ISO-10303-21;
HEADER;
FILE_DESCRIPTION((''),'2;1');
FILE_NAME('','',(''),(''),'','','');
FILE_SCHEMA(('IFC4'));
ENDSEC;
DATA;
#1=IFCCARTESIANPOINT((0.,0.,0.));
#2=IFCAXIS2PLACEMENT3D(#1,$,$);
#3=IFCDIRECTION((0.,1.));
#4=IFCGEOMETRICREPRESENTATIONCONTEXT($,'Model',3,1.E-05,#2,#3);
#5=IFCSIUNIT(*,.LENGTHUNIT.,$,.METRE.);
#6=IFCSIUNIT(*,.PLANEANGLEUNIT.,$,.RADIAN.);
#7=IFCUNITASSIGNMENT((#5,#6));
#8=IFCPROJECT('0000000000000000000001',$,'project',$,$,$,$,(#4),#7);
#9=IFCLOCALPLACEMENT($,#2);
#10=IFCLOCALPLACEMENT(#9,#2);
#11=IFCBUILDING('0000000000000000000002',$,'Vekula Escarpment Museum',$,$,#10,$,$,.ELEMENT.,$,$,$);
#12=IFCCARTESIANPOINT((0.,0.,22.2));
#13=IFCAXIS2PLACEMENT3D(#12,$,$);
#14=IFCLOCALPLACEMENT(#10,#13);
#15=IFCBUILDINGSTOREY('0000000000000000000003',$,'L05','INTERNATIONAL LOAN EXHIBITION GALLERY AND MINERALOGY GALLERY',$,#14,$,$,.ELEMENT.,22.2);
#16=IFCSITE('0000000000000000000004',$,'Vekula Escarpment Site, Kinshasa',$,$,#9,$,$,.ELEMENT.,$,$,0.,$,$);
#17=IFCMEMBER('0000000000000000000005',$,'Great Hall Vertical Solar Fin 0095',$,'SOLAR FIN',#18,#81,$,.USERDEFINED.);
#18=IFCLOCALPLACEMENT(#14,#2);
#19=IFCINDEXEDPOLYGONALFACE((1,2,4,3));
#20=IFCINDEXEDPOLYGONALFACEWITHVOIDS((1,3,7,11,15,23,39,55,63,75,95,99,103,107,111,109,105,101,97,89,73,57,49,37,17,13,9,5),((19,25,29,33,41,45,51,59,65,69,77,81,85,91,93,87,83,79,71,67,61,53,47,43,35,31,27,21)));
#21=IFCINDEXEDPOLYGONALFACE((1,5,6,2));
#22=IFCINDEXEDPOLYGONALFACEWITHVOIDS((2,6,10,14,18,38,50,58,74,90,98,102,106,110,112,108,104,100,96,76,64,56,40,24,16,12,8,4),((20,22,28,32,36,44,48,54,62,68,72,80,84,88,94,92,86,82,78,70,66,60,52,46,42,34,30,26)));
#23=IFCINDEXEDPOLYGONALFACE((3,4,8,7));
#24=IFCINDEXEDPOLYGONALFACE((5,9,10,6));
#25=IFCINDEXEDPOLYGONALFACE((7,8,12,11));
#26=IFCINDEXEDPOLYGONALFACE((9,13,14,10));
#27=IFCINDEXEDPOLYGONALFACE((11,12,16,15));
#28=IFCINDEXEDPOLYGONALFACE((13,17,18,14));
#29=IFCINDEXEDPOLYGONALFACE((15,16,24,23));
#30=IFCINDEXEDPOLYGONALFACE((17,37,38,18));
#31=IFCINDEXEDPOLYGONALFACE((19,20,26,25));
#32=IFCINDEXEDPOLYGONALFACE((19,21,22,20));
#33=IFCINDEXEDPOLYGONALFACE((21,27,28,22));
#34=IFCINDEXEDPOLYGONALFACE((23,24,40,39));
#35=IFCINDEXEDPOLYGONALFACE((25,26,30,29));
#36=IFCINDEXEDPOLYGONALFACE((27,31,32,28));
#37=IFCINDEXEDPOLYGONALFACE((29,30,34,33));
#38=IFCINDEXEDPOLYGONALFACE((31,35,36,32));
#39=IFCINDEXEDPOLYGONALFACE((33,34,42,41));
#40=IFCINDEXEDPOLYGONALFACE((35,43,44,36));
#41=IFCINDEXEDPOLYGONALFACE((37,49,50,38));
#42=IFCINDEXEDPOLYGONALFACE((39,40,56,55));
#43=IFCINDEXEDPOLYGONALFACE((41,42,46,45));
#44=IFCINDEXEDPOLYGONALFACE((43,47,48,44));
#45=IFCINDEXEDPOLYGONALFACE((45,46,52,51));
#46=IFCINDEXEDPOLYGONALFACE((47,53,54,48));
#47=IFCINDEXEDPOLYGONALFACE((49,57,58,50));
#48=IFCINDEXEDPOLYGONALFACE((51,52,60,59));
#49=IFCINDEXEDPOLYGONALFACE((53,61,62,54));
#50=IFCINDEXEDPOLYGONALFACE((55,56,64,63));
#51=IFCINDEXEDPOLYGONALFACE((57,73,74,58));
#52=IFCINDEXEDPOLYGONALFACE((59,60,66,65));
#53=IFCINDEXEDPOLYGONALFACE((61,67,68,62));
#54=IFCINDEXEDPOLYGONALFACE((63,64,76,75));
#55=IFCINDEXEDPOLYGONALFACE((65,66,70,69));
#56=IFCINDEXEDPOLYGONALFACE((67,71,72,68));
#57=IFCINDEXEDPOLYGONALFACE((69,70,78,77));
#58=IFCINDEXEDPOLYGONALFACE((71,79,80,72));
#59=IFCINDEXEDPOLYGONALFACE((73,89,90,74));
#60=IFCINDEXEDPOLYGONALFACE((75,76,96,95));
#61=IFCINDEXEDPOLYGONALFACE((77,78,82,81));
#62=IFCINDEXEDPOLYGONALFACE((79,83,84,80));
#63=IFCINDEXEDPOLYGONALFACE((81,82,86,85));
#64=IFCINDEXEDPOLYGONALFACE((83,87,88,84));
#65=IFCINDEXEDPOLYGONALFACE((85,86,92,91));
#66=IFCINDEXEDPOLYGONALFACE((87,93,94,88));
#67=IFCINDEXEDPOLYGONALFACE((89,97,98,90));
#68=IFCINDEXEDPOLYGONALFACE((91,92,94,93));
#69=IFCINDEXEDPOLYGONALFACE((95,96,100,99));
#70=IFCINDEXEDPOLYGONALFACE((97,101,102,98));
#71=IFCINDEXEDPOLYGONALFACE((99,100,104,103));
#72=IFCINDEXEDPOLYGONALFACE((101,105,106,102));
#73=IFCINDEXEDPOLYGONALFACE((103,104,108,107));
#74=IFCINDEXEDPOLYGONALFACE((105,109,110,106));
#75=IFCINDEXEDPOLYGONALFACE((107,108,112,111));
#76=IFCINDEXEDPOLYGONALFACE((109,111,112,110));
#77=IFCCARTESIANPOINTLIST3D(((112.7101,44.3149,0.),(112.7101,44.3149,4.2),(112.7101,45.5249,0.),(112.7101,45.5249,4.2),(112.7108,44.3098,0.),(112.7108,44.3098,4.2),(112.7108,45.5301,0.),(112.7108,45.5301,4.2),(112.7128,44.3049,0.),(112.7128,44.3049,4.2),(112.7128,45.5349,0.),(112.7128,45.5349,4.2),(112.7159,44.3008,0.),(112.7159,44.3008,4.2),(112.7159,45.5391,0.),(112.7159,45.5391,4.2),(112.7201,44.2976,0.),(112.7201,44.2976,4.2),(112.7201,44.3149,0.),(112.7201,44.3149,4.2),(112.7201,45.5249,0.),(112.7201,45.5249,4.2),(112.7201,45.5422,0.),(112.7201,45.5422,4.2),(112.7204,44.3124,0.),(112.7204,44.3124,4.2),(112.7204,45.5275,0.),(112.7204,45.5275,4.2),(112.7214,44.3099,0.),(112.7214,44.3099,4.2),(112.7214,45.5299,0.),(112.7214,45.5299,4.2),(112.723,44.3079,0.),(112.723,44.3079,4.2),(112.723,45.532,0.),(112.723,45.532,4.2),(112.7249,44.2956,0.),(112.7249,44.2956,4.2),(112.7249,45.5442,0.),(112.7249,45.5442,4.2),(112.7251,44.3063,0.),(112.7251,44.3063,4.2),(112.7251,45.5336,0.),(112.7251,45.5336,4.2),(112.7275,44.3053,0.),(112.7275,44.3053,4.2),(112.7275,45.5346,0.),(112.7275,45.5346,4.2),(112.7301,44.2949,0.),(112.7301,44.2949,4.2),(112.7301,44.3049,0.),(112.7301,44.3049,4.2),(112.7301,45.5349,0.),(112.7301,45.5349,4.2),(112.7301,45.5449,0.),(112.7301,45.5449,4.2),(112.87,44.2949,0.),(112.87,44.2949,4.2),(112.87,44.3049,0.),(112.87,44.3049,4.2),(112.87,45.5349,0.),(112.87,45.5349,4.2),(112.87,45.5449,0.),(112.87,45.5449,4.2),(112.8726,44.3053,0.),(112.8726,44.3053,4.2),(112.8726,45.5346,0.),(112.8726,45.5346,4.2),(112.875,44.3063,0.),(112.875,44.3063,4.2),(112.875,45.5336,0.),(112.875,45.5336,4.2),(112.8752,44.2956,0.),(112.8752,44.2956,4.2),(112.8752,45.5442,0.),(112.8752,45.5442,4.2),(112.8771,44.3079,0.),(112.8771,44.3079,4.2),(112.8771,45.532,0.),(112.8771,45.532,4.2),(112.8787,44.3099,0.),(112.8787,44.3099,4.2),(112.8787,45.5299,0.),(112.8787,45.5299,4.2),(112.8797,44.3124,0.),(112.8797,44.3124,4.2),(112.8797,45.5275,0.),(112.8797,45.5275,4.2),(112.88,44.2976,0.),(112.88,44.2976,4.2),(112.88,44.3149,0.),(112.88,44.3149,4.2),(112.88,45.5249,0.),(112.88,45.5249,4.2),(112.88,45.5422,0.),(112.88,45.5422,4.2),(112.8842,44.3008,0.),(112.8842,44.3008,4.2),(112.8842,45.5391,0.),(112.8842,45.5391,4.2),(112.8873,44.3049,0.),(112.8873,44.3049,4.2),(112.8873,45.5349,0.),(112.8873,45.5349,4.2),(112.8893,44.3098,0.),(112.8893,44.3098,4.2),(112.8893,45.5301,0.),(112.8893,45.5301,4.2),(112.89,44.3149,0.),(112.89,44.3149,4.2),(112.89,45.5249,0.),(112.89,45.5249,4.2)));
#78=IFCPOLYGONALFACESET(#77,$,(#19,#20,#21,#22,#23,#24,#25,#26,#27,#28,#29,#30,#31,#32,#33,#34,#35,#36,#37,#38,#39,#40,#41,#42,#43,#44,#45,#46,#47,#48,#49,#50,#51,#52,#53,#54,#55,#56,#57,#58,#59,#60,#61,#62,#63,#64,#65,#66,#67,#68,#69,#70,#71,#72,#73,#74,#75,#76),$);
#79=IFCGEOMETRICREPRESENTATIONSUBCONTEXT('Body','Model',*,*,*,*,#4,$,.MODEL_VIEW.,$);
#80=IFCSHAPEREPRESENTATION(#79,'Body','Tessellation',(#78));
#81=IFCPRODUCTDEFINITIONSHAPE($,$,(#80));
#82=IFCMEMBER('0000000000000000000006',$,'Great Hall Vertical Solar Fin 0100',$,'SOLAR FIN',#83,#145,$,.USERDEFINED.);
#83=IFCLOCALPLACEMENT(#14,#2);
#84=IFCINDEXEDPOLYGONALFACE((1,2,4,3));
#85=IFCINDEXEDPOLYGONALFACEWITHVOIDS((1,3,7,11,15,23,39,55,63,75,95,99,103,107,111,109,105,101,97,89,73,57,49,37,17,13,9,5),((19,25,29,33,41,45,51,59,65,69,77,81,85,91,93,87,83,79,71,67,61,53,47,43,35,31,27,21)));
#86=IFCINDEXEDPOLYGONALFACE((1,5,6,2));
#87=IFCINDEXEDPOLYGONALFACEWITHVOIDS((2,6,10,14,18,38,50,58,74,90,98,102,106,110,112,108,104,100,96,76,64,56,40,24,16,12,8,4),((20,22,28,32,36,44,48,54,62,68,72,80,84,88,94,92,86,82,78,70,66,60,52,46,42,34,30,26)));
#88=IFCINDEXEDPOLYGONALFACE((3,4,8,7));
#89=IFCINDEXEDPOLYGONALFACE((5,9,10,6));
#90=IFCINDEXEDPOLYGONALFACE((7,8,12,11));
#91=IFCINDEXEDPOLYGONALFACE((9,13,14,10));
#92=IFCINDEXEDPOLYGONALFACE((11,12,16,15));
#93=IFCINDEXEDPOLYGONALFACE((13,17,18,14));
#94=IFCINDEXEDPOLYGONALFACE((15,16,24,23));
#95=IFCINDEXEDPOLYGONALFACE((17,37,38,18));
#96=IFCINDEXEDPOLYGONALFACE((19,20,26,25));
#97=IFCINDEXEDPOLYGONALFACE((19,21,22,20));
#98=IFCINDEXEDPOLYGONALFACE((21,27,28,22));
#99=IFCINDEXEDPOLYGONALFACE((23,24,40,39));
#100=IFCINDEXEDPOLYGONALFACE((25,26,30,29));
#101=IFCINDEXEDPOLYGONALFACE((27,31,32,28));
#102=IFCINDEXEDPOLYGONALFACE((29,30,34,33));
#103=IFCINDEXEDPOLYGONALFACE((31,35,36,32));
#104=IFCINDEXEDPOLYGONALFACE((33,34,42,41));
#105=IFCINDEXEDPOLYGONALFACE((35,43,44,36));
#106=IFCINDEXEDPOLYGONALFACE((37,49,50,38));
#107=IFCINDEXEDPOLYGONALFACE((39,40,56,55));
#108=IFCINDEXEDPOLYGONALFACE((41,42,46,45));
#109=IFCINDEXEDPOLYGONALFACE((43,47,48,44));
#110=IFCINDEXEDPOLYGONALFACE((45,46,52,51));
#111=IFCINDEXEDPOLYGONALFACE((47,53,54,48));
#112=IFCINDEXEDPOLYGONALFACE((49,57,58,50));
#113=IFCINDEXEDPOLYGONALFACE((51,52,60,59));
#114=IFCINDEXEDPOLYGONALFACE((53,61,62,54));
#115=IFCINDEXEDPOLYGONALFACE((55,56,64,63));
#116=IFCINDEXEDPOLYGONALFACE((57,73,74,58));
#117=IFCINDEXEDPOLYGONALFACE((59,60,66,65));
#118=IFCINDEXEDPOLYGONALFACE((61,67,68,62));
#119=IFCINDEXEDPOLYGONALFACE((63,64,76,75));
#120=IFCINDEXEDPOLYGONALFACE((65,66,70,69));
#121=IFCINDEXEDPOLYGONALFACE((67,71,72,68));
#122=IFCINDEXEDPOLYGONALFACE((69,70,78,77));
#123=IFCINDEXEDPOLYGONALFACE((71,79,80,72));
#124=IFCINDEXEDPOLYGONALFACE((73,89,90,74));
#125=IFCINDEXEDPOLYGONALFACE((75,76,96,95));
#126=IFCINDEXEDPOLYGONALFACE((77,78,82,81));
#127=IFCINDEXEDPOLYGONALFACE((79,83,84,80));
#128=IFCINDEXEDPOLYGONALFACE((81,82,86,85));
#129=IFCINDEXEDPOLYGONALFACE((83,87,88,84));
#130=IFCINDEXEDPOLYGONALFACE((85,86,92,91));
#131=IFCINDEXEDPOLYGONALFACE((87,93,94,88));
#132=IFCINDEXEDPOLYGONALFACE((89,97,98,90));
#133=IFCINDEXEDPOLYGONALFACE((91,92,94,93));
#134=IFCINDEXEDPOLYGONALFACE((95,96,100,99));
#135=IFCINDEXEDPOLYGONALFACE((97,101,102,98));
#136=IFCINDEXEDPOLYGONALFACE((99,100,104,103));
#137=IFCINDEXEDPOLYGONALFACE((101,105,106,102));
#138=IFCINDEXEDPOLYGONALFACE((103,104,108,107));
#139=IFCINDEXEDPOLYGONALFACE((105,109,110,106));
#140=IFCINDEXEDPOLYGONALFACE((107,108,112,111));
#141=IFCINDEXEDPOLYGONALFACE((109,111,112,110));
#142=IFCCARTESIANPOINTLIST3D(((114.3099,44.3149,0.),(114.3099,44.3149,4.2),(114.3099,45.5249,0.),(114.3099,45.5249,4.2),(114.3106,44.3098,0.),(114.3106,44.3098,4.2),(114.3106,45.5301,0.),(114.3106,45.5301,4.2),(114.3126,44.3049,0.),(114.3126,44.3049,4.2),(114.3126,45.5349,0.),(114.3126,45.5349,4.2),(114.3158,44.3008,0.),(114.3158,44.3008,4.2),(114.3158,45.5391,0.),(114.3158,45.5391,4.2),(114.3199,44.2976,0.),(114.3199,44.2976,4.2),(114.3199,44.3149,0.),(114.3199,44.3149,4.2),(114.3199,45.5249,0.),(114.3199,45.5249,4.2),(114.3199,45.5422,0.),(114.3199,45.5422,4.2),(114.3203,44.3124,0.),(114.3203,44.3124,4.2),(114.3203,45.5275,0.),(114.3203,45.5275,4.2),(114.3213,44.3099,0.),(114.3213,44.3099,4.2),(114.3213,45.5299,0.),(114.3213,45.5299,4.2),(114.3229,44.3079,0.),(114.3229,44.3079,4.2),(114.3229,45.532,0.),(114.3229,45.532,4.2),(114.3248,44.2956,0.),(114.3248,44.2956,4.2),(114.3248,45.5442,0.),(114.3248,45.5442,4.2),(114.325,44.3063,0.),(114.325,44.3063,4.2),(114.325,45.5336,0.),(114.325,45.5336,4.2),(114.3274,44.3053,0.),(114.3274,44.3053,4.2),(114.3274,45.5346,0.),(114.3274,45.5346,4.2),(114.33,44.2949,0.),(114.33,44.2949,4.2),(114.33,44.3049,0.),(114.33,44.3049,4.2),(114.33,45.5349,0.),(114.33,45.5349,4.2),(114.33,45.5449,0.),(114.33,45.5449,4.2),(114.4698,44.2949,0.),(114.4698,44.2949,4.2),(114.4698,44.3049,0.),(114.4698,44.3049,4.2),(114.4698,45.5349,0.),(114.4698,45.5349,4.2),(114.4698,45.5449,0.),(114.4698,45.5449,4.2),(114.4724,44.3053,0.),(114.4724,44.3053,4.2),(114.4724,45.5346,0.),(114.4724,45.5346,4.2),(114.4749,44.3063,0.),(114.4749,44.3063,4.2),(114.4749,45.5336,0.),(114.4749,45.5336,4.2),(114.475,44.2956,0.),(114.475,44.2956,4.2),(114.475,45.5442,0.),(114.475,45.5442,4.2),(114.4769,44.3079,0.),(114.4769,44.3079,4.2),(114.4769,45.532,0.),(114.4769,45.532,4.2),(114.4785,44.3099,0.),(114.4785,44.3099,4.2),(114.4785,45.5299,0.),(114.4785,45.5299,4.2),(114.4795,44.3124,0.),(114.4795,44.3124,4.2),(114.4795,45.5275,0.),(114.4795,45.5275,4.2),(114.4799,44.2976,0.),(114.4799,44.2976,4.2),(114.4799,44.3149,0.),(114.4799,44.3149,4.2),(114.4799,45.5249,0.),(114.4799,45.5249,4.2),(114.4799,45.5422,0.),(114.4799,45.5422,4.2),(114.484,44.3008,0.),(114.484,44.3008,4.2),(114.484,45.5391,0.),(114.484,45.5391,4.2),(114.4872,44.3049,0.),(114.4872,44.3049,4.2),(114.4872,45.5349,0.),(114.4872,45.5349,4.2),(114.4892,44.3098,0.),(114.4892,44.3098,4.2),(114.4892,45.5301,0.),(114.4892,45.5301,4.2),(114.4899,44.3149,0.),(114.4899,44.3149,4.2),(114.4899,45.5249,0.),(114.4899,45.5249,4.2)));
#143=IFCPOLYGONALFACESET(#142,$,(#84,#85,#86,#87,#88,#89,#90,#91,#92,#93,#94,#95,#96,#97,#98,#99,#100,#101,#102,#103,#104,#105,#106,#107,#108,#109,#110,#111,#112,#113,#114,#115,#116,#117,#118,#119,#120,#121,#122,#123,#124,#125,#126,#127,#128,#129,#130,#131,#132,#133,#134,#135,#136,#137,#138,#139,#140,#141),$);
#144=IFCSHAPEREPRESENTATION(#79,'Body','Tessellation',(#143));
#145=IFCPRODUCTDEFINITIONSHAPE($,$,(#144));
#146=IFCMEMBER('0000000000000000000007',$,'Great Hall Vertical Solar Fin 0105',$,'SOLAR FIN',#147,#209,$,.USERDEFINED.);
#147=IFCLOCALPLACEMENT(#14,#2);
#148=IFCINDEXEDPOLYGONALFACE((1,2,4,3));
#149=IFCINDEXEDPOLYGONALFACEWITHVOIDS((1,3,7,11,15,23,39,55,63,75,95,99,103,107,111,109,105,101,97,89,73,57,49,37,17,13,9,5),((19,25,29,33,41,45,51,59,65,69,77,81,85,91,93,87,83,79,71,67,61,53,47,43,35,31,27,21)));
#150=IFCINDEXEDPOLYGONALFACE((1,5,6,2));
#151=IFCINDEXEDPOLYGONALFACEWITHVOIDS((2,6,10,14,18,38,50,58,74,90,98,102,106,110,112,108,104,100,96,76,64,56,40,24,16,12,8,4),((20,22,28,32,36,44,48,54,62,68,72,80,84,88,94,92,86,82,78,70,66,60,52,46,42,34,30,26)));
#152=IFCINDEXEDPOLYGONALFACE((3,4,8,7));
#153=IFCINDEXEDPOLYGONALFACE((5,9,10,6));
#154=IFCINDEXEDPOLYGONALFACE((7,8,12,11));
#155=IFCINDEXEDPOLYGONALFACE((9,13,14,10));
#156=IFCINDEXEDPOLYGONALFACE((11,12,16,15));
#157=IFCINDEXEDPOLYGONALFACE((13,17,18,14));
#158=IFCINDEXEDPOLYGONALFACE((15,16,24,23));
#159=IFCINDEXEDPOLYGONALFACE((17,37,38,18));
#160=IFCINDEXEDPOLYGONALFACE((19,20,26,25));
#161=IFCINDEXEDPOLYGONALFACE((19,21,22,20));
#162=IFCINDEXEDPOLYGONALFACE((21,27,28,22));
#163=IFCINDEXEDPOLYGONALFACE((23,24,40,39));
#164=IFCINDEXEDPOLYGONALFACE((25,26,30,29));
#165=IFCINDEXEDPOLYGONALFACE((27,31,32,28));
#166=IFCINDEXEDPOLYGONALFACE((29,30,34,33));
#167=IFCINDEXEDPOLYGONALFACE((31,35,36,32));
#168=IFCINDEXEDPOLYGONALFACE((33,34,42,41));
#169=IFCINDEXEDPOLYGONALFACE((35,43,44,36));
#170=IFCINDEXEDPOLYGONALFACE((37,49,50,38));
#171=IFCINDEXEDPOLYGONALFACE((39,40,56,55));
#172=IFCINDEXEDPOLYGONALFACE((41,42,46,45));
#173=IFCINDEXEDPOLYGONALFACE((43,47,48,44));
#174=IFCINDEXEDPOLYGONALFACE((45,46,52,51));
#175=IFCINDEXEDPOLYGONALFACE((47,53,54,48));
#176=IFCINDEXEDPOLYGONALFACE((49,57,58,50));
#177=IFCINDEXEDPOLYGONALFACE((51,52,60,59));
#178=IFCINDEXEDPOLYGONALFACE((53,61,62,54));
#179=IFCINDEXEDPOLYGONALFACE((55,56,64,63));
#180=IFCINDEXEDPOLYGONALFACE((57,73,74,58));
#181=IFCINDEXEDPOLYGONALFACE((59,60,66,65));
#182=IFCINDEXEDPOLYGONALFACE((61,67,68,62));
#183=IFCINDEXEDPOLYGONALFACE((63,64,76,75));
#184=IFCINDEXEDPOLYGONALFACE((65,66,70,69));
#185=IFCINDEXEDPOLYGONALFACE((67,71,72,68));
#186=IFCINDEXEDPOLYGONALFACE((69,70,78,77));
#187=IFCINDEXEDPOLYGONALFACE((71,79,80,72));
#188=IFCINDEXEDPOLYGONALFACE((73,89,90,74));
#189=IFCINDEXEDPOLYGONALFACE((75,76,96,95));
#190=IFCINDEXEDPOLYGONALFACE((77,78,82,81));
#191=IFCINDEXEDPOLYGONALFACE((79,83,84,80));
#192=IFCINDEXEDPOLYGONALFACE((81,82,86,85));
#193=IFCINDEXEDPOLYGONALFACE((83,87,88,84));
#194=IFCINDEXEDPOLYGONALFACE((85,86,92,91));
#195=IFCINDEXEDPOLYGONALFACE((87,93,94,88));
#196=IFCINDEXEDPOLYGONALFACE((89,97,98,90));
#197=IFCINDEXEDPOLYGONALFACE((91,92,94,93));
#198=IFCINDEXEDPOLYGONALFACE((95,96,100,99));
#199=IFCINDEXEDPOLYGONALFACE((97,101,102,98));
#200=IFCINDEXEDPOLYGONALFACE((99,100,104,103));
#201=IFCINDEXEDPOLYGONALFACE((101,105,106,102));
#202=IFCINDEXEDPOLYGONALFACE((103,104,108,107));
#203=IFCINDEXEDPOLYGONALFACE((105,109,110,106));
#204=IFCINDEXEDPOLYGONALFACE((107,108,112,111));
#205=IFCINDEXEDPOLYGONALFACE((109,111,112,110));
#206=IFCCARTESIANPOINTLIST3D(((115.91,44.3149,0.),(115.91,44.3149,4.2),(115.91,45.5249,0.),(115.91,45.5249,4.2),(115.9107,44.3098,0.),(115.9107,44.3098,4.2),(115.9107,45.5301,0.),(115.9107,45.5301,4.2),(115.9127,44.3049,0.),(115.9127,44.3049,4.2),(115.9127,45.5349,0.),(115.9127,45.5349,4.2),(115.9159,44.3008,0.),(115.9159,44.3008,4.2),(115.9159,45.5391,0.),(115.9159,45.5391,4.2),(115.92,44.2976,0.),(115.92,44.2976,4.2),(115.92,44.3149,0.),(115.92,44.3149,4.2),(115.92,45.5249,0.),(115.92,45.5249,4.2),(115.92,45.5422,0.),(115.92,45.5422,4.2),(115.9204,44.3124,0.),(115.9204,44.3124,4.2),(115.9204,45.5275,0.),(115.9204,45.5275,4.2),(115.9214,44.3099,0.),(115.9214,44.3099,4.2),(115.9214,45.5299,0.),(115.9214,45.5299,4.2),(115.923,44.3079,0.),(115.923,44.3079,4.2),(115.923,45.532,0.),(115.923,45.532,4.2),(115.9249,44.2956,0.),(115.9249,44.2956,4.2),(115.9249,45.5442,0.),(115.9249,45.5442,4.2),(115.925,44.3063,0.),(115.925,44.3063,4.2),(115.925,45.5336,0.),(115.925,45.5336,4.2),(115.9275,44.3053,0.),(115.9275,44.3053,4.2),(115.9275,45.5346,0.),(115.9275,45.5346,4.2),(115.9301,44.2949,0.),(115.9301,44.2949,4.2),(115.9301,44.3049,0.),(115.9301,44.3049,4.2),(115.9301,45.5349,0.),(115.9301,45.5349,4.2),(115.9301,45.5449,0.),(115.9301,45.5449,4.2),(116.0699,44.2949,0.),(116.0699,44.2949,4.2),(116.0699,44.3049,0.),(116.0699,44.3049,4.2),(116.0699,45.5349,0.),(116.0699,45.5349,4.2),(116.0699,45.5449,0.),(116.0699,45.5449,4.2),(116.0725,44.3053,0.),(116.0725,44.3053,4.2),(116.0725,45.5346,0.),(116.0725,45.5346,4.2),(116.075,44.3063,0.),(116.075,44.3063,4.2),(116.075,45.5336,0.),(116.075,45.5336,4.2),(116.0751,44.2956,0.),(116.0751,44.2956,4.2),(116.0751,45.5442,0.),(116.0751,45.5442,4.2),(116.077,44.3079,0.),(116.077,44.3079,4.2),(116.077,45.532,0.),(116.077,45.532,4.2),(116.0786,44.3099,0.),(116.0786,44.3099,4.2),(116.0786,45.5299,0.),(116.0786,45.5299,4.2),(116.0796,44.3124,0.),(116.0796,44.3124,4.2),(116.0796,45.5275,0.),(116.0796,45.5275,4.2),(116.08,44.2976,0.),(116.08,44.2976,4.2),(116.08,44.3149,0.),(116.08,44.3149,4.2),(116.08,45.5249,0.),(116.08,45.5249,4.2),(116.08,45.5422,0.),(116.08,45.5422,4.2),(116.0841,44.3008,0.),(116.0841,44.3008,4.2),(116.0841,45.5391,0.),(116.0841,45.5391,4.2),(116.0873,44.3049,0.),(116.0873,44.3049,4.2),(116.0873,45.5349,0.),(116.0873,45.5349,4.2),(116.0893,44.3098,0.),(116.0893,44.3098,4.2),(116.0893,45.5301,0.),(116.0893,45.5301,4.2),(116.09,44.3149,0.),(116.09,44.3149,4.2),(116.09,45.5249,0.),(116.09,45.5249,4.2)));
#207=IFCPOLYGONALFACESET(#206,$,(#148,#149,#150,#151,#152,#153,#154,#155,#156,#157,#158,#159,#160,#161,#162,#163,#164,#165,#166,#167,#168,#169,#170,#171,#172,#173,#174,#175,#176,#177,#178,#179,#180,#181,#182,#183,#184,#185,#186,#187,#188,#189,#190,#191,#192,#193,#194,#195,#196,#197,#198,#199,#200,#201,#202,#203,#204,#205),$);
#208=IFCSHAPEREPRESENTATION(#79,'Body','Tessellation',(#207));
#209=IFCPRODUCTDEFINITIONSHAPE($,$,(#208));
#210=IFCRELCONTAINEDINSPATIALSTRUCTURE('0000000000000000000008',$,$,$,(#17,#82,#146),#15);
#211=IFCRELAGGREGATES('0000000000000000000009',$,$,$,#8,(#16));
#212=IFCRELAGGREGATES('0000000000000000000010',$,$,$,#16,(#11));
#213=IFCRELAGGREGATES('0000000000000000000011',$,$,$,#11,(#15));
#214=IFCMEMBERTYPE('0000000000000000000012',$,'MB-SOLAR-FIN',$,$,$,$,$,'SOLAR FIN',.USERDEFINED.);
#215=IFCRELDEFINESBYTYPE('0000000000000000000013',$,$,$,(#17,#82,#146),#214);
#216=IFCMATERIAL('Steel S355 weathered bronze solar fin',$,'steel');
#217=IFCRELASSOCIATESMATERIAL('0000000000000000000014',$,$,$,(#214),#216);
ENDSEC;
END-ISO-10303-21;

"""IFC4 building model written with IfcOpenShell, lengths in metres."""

from ifc_helpers import new_model, si_unit, direction, frame, origin, origin_2d, place, context, subcontext, project, spatial, hollow_rectangle, extrude, material, material_profile, profile_set, type_object, element, save


model = new_model("IFC4")

# Units and contexts
model_context = context("Model", 3, precision=1e-05, world=origin(), true_north=direction((0.0, 1.0)))
body_context = subcontext(model_context, "Body", "Model", "MODEL_VIEW")
ifc_project = project(units=[si_unit("LENGTHUNIT", "METRE"), si_unit("PLANEANGLEUNIT", "RADIAN")], contexts=[model_context])

# Site, building, storey
site_placement = place(None, origin())
site = spatial("IfcSite", under=ifc_project, at=site_placement, Name="Vekula Escarpment Site, Kinshasa", CompositionType="ELEMENT", RefElevation=0.0)
building_placement = place(site_placement, origin())
building = spatial("IfcBuilding", under=site, at=building_placement, Name="Vekula Escarpment Museum", CompositionType="ELEMENT")
storey_placement = place(building_placement, frame((0.0, 0.0, 22.2)))
storey = spatial("IfcBuildingStorey", under=building, at=storey_placement, Name="L05", Description="INTERNATIONAL LOAN EXHIBITION GALLERY AND MINERALOGY GALLERY", CompositionType="ELEMENT", Elevation=22.2)

# Members
ifc_material_1 = material(Name="Steel S355 weathered bronze solar fin", Category="steel")
ifc_material_profile_1 = material_profile(ifc_material_1, hollow_rectangle(XDim=0.1799, YDim=1.25, WallThickness=0.01, InnerFilletRadius=0.01, OuterFilletRadius=0.02, at=origin_2d()), Name="RHS 1250x180x10")
ifc_profile_set_1 = profile_set([ifc_material_profile_1], Name="Steel S355 weathered bronze solar fin")
member_type_1 = type_object("IfcMemberType", Name="MB-SOLAR-FIN", ElementType="SOLAR FIN", PredefinedType="USERDEFINED", material=ifc_profile_set_1)
for number, where, z_axis, x_axis, name in (
    (1, (112.8, 44.9199, 0.0), (0.0, 0.0, 1.0), (1.0, 0.0, 0.0), "Great Hall Vertical Solar Fin 0095"),
    (2, (114.3999, 44.9199, 0.0), (0.0, 0.0, 1.0), (1.0, 0.0, 0.0), "Great Hall Vertical Solar Fin 0100"),
    (3, (116.0, 44.9199, 0.0), (0.0, 0.0, 1.0), (1.0, 0.0, 0.0), "Great Hall Vertical Solar Fin 0105"),
):
    element("IfcMember", number, at=place(storey_placement, frame(where, z_axis=z_axis, x_axis=x_axis)), inside=storey, type_object=member_type_1, Name=name, ObjectType="SOLAR FIN", PredefinedType="USERDEFINED", context=body_context, shape_type="SweptSolid", body=[
        extrude(hollow_rectangle(XDim=0.1799, YDim=1.25, WallThickness=0.01, InnerFilletRadius=0.01, OuterFilletRadius=0.02, at=origin_2d()), origin(), (0.0, 0.0, 1.0), 4.2),
    ])

save(model, "model.ifc")
